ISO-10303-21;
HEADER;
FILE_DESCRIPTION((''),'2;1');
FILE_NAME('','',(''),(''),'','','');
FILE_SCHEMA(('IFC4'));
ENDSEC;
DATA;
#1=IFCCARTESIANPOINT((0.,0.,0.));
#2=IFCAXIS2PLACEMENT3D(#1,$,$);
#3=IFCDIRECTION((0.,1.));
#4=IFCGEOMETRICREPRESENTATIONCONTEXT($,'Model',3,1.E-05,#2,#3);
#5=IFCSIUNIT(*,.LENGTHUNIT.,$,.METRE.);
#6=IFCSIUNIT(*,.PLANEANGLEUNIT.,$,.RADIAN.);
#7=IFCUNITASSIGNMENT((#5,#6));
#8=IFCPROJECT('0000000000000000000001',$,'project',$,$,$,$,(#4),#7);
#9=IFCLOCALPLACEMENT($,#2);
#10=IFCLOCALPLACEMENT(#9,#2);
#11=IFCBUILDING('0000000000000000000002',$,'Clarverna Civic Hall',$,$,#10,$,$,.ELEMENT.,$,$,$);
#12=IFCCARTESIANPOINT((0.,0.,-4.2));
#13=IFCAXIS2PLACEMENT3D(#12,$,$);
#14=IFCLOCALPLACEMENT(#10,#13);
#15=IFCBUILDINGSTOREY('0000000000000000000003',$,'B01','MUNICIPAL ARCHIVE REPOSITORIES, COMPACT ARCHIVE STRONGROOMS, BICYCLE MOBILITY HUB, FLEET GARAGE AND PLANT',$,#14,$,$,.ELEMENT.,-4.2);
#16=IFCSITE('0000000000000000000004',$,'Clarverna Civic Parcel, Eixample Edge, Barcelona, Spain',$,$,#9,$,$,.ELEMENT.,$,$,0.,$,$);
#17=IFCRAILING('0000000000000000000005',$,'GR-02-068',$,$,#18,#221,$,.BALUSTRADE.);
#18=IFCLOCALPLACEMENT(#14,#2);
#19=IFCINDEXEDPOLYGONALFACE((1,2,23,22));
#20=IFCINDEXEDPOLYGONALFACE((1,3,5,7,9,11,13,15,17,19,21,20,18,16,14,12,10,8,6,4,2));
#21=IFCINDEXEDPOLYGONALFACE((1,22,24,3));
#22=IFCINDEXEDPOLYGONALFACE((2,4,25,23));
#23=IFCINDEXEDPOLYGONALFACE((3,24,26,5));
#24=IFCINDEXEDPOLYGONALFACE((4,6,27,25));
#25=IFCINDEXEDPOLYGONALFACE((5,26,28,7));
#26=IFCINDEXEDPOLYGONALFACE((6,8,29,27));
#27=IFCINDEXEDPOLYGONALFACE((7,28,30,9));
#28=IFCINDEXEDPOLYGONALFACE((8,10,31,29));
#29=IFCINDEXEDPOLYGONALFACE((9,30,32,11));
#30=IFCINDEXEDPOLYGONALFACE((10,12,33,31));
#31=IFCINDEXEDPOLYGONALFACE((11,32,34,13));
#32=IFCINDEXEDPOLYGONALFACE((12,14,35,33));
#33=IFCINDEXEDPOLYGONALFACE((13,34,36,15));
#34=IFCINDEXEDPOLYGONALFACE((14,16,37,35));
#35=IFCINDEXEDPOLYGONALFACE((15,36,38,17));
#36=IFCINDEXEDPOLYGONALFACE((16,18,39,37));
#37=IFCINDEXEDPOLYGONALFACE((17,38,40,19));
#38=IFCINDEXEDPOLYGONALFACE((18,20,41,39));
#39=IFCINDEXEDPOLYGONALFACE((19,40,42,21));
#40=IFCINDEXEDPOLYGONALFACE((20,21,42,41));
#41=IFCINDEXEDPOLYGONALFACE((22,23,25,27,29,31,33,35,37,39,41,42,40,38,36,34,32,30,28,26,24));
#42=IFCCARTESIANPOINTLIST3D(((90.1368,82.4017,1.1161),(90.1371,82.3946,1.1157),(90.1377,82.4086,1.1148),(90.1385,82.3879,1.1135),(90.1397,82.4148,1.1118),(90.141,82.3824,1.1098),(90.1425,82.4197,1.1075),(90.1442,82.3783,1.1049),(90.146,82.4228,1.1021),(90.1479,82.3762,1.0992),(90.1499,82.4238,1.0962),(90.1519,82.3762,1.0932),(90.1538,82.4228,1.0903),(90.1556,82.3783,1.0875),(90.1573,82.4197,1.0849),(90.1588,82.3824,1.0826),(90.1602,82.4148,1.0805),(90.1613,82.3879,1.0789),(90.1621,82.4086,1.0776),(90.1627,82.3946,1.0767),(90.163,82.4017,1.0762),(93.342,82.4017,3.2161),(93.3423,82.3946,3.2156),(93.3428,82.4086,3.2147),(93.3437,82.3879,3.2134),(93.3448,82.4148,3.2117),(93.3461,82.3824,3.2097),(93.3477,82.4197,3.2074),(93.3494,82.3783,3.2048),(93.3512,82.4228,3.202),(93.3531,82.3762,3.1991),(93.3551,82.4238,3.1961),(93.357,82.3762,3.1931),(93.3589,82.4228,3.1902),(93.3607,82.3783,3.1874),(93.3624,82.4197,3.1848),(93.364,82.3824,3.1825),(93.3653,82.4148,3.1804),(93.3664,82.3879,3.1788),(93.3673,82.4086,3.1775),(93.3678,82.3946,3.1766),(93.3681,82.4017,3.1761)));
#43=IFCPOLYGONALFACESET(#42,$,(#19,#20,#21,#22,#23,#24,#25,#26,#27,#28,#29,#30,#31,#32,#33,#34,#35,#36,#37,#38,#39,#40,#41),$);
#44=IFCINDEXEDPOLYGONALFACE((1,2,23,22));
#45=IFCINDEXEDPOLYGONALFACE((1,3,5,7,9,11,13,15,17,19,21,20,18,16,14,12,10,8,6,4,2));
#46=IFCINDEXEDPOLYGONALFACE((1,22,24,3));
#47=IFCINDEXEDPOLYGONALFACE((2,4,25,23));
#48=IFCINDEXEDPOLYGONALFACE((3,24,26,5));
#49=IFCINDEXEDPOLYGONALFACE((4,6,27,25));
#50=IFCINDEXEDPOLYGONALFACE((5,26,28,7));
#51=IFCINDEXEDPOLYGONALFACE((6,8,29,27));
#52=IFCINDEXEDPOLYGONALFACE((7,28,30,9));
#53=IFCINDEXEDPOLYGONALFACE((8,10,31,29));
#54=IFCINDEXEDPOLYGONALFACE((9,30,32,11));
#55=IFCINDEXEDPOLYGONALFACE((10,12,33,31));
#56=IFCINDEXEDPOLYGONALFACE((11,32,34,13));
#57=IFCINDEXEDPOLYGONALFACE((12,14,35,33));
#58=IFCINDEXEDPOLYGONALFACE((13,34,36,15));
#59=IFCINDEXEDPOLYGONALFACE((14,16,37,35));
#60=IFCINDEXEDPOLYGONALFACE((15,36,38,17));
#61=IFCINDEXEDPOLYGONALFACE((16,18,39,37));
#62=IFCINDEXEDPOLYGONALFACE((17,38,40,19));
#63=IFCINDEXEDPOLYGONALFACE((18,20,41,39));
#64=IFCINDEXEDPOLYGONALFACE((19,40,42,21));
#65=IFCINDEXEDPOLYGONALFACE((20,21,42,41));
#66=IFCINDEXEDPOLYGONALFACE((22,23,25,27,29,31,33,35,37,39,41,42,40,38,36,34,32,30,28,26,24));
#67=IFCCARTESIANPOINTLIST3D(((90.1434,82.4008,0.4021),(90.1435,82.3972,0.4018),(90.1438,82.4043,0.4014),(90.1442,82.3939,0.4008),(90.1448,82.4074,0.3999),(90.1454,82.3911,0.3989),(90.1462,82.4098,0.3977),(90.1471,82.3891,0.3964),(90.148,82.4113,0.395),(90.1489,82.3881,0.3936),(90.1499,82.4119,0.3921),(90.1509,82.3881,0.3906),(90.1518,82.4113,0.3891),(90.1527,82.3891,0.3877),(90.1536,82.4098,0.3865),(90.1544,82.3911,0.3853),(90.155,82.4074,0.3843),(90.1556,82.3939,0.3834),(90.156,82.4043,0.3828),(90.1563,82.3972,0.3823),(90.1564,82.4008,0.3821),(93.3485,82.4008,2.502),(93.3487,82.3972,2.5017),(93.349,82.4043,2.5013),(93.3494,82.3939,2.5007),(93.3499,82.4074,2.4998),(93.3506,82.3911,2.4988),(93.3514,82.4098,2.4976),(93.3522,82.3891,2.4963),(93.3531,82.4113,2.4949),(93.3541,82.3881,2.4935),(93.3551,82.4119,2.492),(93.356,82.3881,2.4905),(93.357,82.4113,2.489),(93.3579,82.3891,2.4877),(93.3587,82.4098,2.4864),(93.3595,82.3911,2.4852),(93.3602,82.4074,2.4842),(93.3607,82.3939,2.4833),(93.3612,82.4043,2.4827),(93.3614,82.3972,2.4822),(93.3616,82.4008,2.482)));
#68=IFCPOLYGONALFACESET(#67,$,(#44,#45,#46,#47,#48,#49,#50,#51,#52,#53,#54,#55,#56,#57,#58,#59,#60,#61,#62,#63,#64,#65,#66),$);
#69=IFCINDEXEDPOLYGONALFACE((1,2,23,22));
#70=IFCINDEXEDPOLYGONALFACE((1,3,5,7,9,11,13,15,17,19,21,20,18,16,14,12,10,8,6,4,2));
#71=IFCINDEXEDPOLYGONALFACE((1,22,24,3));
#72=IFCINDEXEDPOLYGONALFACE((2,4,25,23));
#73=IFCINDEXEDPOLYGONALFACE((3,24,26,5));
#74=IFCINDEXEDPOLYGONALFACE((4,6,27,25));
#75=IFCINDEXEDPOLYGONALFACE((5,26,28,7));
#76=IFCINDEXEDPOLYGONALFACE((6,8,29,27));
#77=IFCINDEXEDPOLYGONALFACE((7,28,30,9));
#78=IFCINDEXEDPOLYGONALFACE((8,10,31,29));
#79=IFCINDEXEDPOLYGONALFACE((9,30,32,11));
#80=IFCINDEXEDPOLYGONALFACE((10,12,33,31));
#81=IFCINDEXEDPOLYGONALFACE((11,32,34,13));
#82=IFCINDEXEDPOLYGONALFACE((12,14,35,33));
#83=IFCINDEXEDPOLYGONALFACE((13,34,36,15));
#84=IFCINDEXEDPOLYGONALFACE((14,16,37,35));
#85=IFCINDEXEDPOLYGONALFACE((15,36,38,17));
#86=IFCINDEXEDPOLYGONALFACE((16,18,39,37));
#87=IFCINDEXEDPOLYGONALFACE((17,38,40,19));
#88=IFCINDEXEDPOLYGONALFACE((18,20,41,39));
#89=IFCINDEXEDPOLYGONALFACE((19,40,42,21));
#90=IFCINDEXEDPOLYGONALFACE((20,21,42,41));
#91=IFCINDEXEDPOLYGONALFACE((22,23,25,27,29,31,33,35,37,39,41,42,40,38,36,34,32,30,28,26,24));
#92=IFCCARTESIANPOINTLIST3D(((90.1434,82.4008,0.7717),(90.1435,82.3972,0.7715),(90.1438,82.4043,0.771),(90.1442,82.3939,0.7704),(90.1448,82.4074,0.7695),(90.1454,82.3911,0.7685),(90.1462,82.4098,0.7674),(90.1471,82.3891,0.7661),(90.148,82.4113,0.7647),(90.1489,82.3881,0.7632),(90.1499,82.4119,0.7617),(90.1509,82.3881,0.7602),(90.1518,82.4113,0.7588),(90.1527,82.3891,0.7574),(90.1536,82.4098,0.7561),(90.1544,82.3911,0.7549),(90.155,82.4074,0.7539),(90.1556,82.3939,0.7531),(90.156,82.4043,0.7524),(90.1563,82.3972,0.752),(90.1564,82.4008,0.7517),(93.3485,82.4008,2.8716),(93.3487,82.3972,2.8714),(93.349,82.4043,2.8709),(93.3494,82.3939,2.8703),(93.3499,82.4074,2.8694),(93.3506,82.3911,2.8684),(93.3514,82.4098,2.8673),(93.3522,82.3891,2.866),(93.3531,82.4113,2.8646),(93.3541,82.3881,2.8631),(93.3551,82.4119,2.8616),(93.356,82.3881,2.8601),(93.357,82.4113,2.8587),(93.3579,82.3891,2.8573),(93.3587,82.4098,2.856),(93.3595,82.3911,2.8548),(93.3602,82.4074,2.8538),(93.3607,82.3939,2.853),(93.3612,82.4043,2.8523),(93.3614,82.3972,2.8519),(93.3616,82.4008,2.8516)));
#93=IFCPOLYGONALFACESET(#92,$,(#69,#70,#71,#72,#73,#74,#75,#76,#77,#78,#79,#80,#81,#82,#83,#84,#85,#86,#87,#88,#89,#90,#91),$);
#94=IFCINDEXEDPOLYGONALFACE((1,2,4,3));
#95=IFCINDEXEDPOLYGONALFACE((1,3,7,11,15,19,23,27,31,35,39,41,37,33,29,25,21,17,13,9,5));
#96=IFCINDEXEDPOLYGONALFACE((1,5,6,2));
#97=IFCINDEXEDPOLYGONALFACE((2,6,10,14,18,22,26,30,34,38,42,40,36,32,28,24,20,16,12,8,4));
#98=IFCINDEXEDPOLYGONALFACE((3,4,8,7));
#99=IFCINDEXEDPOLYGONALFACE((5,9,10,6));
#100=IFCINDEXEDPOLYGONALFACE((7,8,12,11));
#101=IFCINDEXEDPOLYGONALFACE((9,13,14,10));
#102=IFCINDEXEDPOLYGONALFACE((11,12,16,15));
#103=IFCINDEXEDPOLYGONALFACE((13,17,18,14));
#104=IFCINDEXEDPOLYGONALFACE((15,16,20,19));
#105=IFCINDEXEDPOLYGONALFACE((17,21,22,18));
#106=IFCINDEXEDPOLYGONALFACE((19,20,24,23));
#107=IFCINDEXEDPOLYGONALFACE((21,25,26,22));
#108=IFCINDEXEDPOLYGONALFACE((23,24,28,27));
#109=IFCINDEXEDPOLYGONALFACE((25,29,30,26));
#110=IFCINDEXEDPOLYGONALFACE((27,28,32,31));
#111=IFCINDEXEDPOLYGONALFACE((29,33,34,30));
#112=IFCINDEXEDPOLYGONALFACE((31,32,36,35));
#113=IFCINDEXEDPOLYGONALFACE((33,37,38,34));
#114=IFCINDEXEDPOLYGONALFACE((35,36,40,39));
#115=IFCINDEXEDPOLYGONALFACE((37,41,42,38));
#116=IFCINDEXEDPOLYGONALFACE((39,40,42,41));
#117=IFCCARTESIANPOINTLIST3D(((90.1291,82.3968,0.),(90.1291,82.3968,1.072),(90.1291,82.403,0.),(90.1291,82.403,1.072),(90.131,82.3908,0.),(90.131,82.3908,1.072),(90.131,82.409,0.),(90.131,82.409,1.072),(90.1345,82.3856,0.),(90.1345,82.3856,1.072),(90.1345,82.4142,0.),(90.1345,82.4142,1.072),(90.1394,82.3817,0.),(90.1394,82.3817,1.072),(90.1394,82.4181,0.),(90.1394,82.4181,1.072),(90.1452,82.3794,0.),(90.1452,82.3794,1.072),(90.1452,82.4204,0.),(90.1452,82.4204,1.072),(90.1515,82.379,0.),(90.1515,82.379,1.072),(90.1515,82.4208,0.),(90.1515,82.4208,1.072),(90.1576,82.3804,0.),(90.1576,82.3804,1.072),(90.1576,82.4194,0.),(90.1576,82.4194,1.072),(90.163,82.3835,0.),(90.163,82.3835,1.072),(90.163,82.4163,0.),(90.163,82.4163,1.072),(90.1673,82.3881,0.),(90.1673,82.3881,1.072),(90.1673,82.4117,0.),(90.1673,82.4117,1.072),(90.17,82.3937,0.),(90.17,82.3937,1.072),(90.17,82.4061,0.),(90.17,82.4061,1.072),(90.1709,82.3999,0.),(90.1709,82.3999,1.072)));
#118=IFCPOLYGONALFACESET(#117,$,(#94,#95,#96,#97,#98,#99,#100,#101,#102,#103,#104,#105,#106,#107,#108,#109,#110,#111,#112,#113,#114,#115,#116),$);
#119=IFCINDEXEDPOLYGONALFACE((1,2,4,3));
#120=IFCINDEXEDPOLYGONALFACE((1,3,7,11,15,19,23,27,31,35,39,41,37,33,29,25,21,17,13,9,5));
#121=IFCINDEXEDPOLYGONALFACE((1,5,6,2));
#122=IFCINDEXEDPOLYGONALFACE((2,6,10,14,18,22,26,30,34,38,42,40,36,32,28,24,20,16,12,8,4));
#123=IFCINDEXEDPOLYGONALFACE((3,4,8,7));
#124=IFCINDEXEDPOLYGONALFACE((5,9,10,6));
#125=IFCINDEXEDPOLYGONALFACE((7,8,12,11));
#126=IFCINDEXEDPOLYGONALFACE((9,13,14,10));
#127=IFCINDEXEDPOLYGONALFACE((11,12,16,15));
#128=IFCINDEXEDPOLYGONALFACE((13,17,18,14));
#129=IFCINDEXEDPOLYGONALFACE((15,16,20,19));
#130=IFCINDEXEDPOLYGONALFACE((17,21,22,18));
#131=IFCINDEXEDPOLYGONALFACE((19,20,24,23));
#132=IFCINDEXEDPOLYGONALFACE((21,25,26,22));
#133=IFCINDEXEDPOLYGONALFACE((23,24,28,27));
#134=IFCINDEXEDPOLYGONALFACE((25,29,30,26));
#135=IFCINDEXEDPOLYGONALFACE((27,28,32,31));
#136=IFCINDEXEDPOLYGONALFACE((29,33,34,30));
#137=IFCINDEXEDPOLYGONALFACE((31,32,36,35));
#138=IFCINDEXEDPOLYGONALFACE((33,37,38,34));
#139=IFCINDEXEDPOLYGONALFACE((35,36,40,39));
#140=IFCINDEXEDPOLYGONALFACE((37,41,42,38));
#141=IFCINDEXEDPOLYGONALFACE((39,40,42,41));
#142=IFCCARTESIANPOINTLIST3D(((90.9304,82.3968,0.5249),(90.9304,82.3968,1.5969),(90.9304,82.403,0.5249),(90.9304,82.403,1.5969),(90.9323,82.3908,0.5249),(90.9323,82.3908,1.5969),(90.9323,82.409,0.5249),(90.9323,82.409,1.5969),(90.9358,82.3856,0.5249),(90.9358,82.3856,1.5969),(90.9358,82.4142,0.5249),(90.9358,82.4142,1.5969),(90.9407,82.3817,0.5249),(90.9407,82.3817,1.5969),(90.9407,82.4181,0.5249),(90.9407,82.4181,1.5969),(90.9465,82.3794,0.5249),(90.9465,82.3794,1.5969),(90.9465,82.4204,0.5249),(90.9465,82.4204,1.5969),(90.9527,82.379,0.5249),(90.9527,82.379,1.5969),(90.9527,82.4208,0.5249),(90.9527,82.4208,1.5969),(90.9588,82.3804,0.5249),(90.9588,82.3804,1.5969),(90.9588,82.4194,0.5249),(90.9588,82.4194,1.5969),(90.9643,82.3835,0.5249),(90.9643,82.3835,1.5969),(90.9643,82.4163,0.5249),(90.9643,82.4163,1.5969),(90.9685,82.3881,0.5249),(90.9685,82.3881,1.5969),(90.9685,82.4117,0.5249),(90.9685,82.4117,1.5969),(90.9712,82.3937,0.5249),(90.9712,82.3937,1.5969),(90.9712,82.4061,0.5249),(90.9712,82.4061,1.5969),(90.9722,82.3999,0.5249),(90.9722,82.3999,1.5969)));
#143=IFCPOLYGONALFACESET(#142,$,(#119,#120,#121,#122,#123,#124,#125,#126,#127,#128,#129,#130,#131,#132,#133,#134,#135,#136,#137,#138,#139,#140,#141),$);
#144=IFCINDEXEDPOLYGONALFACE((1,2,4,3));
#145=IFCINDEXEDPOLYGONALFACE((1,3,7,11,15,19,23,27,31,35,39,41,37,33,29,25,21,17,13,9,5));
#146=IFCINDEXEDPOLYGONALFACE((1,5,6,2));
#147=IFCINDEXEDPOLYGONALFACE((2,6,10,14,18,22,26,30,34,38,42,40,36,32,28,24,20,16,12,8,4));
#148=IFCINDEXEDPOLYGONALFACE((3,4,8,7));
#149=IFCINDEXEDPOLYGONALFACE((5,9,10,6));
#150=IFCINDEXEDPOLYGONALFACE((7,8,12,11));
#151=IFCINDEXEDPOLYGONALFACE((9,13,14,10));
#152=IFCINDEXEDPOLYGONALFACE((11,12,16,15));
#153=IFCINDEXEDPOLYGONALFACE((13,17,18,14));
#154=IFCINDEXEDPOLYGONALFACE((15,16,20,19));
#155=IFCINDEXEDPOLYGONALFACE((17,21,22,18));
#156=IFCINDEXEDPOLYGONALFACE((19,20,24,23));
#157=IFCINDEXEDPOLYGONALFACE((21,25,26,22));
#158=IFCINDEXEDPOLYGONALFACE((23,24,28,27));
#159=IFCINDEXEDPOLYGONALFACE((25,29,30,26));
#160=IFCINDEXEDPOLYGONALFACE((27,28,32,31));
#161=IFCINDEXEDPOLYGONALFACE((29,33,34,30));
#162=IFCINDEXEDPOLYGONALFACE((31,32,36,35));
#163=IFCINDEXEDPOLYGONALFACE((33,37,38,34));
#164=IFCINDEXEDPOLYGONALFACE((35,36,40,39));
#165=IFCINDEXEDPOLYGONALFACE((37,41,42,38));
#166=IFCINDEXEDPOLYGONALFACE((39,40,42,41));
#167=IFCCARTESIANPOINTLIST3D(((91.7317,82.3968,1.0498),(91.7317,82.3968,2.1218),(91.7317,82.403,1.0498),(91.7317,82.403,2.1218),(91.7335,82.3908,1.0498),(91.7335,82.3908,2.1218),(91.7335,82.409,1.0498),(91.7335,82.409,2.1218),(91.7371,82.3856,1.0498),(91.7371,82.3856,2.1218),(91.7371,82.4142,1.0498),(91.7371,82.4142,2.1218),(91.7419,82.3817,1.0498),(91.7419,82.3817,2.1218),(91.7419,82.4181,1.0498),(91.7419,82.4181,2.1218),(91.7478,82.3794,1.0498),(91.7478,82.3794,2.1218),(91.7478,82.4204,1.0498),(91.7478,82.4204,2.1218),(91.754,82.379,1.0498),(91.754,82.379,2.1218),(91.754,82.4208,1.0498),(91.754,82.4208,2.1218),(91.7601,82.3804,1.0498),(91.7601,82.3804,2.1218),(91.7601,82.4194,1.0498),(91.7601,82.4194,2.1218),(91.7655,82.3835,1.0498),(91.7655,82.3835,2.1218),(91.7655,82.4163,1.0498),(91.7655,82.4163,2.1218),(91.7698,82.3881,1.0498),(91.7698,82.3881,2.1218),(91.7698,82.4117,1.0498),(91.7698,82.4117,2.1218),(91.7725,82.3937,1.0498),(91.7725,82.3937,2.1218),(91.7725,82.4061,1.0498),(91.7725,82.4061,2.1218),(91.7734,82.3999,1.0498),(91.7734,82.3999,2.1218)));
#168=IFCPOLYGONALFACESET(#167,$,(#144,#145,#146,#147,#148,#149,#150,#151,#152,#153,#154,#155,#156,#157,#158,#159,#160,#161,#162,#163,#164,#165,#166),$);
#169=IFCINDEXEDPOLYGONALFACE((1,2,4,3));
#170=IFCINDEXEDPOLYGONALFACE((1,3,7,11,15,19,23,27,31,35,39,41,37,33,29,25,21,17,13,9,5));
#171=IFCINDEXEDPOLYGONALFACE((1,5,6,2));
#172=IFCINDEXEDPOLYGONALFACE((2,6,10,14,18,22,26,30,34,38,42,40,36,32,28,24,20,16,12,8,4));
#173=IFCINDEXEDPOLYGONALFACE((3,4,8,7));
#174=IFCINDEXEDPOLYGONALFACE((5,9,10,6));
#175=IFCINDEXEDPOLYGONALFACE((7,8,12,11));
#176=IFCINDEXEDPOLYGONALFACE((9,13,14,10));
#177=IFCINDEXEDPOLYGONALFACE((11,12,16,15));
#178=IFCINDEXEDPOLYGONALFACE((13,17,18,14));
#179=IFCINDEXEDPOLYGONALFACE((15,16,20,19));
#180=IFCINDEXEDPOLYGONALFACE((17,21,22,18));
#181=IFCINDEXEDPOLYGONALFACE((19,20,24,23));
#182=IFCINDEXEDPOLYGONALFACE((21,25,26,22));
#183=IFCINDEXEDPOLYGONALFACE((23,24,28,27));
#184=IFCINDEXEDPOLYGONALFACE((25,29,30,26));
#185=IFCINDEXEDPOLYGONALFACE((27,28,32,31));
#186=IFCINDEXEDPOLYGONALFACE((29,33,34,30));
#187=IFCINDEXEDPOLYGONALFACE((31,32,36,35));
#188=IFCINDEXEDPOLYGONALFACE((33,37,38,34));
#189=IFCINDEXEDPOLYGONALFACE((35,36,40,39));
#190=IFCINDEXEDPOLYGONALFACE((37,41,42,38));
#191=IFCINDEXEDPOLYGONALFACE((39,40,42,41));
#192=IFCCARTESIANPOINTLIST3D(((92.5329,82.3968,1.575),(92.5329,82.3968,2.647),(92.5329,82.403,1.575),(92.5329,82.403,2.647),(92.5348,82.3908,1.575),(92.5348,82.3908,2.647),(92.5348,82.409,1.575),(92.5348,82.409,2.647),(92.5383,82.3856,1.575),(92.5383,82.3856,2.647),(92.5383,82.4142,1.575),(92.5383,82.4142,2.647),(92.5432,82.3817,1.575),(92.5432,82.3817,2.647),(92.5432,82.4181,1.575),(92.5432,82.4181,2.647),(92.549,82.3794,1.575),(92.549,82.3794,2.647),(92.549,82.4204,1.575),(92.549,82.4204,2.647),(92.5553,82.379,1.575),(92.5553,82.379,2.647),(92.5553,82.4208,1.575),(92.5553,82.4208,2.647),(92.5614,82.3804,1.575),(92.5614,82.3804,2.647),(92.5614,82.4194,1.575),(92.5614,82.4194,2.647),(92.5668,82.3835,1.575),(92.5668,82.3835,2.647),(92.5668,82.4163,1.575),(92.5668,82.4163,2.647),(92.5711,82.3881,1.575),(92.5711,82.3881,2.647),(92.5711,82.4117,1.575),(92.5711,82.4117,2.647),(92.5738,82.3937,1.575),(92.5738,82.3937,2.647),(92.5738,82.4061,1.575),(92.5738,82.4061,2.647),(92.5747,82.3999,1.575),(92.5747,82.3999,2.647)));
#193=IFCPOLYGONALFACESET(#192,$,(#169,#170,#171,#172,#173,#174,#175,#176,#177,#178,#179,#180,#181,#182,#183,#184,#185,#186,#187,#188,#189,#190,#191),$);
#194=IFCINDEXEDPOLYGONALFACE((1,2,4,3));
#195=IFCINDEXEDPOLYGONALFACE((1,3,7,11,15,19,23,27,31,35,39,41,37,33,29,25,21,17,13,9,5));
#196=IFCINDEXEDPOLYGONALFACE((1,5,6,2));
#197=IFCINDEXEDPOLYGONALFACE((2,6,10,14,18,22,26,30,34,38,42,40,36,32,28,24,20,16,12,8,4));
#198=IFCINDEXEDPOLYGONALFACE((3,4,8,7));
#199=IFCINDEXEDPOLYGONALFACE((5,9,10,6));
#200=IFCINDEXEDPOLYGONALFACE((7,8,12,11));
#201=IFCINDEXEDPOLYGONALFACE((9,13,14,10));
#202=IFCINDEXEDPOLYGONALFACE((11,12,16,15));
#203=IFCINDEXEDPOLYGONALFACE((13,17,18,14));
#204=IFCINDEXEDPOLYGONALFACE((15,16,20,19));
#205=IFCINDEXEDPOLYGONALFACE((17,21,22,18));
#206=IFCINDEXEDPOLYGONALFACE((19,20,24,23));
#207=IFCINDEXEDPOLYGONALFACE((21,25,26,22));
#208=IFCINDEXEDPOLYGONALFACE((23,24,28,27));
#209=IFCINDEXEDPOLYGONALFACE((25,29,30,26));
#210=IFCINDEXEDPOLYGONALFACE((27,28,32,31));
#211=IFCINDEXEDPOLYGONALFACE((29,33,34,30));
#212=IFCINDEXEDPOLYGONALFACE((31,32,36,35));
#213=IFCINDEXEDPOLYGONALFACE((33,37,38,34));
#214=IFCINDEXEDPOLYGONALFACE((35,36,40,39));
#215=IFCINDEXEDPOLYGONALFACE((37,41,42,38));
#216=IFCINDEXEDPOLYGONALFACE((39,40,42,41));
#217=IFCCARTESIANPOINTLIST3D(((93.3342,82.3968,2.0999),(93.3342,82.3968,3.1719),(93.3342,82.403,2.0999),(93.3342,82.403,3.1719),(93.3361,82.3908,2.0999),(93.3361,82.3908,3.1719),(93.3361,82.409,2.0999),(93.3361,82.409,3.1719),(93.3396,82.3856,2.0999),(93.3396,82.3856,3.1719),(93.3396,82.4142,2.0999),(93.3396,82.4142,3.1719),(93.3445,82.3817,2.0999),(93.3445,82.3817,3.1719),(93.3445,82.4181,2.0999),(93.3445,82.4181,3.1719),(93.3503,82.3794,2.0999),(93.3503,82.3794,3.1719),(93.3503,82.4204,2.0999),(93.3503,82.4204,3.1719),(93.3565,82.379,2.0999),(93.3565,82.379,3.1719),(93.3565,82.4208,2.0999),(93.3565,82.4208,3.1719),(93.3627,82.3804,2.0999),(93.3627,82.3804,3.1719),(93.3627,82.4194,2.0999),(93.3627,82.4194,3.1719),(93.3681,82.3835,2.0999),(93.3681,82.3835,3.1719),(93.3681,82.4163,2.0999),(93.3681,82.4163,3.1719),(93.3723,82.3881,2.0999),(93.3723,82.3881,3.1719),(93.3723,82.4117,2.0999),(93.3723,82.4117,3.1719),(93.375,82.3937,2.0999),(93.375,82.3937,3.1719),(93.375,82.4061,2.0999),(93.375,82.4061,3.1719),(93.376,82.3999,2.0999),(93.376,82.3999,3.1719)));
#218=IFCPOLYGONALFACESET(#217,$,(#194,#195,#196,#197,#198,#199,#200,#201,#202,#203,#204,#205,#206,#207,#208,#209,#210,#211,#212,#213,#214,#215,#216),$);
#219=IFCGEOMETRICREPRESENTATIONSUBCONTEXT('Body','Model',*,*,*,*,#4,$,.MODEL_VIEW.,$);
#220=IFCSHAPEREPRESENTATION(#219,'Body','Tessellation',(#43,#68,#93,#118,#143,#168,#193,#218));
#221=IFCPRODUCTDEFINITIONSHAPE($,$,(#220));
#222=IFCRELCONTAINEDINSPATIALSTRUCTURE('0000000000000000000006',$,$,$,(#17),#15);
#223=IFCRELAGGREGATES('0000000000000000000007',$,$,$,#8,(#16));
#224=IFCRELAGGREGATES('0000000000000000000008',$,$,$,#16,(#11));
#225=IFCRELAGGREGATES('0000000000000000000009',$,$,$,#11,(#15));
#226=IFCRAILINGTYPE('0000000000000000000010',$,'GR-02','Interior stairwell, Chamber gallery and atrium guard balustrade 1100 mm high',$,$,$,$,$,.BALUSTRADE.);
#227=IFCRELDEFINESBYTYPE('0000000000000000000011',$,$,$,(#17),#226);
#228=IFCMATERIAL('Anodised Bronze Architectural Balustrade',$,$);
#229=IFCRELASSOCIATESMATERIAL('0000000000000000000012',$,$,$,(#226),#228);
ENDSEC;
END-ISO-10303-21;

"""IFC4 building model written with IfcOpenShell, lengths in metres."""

from ifc_helpers import new_model, si_unit, direction, frame, origin, origin_2d, place, context, subcontext, project, spatial, circle, extrude, material, type_object, element, save


model = new_model("IFC4")

# Units and contexts
model_context = context("Model", 3, precision=1e-05, world=origin(), true_north=direction((0.0, 1.0)))
body_context = subcontext(model_context, "Body", "Model", "MODEL_VIEW")
ifc_project = project(units=[si_unit("LENGTHUNIT", "METRE"), si_unit("PLANEANGLEUNIT", "RADIAN")], contexts=[model_context])

# Site, building, storey
site_placement = place(None, origin())
site = spatial("IfcSite", under=ifc_project, at=site_placement, Name="Clarverna Civic Parcel, Eixample Edge, Barcelona, Spain", CompositionType="ELEMENT", RefElevation=0.0)
building_placement = place(site_placement, origin())
building = spatial("IfcBuilding", under=site, at=building_placement, Name="Clarverna Civic Hall", CompositionType="ELEMENT")
storey_placement = place(building_placement, frame((0.0, 0.0, -4.2)))
storey = spatial("IfcBuildingStorey", under=building, at=storey_placement, Name="B01", Description="MUNICIPAL ARCHIVE REPOSITORIES, COMPACT ARCHIVE STRONGROOMS, BICYCLE MOBILITY HUB, FLEET GARAGE AND PLANT", CompositionType="ELEMENT", Elevation=-4.2)

# Railing
ifc_material_1 = material(Name="Anodised Bronze Architectural Balustrade")
railing_type_1 = type_object("IfcRailingType", Name="GR-02", Description="Interior stairwell, Chamber gallery and atrium guard balustrade 1100 mm high", PredefinedType="BALUSTRADE", material=ifc_material_1)
railing_1_placement = place(storey_placement, frame((90.1499, 82.3999, 0.0)))
element("IfcRailing", 1, at=railing_1_placement, inside=storey, type_object=railing_type_1, Name="GR-02-068", PredefinedType="BALUSTRADE", context=body_context, shape_type="SweptSolid", body=[
    extrude(circle(Radius=0.0239, at=origin_2d()), frame((0.0, 0.0, 1.0962), z_axis=(0.836464, 0.0, 0.548022), x_axis=(0.0, 1.0, 0.0)), (0.0, 0.0, 1.0), 3.8318),
    extrude(circle(Radius=0.012, at=origin_2d()), frame((0.0, 0.0, 0.3921), z_axis=(0.836464, 0.0, 0.548022), x_axis=(0.0, 1.0, 0.0)), (0.0, 0.0, 1.0), 3.8318),
    extrude(circle(Radius=0.012, at=origin_2d()), frame((0.0, 0.0, 0.7617), z_axis=(0.836464, 0.0, 0.548022), x_axis=(0.0, 1.0, 0.0)), (0.0, 0.0, 1.0), 3.8318),
    extrude(circle(Radius=0.021, at=origin_2d()), origin(), (0.0, 0.0, 1.0), 1.072),
    extrude(circle(Radius=0.021, at=origin_2d()), frame((0.8013, 0.0, 0.5249)), (0.0, 0.0, 1.0), 1.072),
    extrude(circle(Radius=0.021, at=origin_2d()), frame((1.6025, 0.0, 1.0498)), (0.0, 0.0, 1.0), 1.072),
    extrude(circle(Radius=0.021, at=origin_2d()), frame((2.4038, 0.0, 1.575)), (0.0, 0.0, 1.0), 1.072),
    extrude(circle(Radius=0.021, at=origin_2d()), frame((3.2051, 0.0, 2.0999)), (0.0, 0.0, 1.0), 1.072),
])

save(model, "model.ifc")
